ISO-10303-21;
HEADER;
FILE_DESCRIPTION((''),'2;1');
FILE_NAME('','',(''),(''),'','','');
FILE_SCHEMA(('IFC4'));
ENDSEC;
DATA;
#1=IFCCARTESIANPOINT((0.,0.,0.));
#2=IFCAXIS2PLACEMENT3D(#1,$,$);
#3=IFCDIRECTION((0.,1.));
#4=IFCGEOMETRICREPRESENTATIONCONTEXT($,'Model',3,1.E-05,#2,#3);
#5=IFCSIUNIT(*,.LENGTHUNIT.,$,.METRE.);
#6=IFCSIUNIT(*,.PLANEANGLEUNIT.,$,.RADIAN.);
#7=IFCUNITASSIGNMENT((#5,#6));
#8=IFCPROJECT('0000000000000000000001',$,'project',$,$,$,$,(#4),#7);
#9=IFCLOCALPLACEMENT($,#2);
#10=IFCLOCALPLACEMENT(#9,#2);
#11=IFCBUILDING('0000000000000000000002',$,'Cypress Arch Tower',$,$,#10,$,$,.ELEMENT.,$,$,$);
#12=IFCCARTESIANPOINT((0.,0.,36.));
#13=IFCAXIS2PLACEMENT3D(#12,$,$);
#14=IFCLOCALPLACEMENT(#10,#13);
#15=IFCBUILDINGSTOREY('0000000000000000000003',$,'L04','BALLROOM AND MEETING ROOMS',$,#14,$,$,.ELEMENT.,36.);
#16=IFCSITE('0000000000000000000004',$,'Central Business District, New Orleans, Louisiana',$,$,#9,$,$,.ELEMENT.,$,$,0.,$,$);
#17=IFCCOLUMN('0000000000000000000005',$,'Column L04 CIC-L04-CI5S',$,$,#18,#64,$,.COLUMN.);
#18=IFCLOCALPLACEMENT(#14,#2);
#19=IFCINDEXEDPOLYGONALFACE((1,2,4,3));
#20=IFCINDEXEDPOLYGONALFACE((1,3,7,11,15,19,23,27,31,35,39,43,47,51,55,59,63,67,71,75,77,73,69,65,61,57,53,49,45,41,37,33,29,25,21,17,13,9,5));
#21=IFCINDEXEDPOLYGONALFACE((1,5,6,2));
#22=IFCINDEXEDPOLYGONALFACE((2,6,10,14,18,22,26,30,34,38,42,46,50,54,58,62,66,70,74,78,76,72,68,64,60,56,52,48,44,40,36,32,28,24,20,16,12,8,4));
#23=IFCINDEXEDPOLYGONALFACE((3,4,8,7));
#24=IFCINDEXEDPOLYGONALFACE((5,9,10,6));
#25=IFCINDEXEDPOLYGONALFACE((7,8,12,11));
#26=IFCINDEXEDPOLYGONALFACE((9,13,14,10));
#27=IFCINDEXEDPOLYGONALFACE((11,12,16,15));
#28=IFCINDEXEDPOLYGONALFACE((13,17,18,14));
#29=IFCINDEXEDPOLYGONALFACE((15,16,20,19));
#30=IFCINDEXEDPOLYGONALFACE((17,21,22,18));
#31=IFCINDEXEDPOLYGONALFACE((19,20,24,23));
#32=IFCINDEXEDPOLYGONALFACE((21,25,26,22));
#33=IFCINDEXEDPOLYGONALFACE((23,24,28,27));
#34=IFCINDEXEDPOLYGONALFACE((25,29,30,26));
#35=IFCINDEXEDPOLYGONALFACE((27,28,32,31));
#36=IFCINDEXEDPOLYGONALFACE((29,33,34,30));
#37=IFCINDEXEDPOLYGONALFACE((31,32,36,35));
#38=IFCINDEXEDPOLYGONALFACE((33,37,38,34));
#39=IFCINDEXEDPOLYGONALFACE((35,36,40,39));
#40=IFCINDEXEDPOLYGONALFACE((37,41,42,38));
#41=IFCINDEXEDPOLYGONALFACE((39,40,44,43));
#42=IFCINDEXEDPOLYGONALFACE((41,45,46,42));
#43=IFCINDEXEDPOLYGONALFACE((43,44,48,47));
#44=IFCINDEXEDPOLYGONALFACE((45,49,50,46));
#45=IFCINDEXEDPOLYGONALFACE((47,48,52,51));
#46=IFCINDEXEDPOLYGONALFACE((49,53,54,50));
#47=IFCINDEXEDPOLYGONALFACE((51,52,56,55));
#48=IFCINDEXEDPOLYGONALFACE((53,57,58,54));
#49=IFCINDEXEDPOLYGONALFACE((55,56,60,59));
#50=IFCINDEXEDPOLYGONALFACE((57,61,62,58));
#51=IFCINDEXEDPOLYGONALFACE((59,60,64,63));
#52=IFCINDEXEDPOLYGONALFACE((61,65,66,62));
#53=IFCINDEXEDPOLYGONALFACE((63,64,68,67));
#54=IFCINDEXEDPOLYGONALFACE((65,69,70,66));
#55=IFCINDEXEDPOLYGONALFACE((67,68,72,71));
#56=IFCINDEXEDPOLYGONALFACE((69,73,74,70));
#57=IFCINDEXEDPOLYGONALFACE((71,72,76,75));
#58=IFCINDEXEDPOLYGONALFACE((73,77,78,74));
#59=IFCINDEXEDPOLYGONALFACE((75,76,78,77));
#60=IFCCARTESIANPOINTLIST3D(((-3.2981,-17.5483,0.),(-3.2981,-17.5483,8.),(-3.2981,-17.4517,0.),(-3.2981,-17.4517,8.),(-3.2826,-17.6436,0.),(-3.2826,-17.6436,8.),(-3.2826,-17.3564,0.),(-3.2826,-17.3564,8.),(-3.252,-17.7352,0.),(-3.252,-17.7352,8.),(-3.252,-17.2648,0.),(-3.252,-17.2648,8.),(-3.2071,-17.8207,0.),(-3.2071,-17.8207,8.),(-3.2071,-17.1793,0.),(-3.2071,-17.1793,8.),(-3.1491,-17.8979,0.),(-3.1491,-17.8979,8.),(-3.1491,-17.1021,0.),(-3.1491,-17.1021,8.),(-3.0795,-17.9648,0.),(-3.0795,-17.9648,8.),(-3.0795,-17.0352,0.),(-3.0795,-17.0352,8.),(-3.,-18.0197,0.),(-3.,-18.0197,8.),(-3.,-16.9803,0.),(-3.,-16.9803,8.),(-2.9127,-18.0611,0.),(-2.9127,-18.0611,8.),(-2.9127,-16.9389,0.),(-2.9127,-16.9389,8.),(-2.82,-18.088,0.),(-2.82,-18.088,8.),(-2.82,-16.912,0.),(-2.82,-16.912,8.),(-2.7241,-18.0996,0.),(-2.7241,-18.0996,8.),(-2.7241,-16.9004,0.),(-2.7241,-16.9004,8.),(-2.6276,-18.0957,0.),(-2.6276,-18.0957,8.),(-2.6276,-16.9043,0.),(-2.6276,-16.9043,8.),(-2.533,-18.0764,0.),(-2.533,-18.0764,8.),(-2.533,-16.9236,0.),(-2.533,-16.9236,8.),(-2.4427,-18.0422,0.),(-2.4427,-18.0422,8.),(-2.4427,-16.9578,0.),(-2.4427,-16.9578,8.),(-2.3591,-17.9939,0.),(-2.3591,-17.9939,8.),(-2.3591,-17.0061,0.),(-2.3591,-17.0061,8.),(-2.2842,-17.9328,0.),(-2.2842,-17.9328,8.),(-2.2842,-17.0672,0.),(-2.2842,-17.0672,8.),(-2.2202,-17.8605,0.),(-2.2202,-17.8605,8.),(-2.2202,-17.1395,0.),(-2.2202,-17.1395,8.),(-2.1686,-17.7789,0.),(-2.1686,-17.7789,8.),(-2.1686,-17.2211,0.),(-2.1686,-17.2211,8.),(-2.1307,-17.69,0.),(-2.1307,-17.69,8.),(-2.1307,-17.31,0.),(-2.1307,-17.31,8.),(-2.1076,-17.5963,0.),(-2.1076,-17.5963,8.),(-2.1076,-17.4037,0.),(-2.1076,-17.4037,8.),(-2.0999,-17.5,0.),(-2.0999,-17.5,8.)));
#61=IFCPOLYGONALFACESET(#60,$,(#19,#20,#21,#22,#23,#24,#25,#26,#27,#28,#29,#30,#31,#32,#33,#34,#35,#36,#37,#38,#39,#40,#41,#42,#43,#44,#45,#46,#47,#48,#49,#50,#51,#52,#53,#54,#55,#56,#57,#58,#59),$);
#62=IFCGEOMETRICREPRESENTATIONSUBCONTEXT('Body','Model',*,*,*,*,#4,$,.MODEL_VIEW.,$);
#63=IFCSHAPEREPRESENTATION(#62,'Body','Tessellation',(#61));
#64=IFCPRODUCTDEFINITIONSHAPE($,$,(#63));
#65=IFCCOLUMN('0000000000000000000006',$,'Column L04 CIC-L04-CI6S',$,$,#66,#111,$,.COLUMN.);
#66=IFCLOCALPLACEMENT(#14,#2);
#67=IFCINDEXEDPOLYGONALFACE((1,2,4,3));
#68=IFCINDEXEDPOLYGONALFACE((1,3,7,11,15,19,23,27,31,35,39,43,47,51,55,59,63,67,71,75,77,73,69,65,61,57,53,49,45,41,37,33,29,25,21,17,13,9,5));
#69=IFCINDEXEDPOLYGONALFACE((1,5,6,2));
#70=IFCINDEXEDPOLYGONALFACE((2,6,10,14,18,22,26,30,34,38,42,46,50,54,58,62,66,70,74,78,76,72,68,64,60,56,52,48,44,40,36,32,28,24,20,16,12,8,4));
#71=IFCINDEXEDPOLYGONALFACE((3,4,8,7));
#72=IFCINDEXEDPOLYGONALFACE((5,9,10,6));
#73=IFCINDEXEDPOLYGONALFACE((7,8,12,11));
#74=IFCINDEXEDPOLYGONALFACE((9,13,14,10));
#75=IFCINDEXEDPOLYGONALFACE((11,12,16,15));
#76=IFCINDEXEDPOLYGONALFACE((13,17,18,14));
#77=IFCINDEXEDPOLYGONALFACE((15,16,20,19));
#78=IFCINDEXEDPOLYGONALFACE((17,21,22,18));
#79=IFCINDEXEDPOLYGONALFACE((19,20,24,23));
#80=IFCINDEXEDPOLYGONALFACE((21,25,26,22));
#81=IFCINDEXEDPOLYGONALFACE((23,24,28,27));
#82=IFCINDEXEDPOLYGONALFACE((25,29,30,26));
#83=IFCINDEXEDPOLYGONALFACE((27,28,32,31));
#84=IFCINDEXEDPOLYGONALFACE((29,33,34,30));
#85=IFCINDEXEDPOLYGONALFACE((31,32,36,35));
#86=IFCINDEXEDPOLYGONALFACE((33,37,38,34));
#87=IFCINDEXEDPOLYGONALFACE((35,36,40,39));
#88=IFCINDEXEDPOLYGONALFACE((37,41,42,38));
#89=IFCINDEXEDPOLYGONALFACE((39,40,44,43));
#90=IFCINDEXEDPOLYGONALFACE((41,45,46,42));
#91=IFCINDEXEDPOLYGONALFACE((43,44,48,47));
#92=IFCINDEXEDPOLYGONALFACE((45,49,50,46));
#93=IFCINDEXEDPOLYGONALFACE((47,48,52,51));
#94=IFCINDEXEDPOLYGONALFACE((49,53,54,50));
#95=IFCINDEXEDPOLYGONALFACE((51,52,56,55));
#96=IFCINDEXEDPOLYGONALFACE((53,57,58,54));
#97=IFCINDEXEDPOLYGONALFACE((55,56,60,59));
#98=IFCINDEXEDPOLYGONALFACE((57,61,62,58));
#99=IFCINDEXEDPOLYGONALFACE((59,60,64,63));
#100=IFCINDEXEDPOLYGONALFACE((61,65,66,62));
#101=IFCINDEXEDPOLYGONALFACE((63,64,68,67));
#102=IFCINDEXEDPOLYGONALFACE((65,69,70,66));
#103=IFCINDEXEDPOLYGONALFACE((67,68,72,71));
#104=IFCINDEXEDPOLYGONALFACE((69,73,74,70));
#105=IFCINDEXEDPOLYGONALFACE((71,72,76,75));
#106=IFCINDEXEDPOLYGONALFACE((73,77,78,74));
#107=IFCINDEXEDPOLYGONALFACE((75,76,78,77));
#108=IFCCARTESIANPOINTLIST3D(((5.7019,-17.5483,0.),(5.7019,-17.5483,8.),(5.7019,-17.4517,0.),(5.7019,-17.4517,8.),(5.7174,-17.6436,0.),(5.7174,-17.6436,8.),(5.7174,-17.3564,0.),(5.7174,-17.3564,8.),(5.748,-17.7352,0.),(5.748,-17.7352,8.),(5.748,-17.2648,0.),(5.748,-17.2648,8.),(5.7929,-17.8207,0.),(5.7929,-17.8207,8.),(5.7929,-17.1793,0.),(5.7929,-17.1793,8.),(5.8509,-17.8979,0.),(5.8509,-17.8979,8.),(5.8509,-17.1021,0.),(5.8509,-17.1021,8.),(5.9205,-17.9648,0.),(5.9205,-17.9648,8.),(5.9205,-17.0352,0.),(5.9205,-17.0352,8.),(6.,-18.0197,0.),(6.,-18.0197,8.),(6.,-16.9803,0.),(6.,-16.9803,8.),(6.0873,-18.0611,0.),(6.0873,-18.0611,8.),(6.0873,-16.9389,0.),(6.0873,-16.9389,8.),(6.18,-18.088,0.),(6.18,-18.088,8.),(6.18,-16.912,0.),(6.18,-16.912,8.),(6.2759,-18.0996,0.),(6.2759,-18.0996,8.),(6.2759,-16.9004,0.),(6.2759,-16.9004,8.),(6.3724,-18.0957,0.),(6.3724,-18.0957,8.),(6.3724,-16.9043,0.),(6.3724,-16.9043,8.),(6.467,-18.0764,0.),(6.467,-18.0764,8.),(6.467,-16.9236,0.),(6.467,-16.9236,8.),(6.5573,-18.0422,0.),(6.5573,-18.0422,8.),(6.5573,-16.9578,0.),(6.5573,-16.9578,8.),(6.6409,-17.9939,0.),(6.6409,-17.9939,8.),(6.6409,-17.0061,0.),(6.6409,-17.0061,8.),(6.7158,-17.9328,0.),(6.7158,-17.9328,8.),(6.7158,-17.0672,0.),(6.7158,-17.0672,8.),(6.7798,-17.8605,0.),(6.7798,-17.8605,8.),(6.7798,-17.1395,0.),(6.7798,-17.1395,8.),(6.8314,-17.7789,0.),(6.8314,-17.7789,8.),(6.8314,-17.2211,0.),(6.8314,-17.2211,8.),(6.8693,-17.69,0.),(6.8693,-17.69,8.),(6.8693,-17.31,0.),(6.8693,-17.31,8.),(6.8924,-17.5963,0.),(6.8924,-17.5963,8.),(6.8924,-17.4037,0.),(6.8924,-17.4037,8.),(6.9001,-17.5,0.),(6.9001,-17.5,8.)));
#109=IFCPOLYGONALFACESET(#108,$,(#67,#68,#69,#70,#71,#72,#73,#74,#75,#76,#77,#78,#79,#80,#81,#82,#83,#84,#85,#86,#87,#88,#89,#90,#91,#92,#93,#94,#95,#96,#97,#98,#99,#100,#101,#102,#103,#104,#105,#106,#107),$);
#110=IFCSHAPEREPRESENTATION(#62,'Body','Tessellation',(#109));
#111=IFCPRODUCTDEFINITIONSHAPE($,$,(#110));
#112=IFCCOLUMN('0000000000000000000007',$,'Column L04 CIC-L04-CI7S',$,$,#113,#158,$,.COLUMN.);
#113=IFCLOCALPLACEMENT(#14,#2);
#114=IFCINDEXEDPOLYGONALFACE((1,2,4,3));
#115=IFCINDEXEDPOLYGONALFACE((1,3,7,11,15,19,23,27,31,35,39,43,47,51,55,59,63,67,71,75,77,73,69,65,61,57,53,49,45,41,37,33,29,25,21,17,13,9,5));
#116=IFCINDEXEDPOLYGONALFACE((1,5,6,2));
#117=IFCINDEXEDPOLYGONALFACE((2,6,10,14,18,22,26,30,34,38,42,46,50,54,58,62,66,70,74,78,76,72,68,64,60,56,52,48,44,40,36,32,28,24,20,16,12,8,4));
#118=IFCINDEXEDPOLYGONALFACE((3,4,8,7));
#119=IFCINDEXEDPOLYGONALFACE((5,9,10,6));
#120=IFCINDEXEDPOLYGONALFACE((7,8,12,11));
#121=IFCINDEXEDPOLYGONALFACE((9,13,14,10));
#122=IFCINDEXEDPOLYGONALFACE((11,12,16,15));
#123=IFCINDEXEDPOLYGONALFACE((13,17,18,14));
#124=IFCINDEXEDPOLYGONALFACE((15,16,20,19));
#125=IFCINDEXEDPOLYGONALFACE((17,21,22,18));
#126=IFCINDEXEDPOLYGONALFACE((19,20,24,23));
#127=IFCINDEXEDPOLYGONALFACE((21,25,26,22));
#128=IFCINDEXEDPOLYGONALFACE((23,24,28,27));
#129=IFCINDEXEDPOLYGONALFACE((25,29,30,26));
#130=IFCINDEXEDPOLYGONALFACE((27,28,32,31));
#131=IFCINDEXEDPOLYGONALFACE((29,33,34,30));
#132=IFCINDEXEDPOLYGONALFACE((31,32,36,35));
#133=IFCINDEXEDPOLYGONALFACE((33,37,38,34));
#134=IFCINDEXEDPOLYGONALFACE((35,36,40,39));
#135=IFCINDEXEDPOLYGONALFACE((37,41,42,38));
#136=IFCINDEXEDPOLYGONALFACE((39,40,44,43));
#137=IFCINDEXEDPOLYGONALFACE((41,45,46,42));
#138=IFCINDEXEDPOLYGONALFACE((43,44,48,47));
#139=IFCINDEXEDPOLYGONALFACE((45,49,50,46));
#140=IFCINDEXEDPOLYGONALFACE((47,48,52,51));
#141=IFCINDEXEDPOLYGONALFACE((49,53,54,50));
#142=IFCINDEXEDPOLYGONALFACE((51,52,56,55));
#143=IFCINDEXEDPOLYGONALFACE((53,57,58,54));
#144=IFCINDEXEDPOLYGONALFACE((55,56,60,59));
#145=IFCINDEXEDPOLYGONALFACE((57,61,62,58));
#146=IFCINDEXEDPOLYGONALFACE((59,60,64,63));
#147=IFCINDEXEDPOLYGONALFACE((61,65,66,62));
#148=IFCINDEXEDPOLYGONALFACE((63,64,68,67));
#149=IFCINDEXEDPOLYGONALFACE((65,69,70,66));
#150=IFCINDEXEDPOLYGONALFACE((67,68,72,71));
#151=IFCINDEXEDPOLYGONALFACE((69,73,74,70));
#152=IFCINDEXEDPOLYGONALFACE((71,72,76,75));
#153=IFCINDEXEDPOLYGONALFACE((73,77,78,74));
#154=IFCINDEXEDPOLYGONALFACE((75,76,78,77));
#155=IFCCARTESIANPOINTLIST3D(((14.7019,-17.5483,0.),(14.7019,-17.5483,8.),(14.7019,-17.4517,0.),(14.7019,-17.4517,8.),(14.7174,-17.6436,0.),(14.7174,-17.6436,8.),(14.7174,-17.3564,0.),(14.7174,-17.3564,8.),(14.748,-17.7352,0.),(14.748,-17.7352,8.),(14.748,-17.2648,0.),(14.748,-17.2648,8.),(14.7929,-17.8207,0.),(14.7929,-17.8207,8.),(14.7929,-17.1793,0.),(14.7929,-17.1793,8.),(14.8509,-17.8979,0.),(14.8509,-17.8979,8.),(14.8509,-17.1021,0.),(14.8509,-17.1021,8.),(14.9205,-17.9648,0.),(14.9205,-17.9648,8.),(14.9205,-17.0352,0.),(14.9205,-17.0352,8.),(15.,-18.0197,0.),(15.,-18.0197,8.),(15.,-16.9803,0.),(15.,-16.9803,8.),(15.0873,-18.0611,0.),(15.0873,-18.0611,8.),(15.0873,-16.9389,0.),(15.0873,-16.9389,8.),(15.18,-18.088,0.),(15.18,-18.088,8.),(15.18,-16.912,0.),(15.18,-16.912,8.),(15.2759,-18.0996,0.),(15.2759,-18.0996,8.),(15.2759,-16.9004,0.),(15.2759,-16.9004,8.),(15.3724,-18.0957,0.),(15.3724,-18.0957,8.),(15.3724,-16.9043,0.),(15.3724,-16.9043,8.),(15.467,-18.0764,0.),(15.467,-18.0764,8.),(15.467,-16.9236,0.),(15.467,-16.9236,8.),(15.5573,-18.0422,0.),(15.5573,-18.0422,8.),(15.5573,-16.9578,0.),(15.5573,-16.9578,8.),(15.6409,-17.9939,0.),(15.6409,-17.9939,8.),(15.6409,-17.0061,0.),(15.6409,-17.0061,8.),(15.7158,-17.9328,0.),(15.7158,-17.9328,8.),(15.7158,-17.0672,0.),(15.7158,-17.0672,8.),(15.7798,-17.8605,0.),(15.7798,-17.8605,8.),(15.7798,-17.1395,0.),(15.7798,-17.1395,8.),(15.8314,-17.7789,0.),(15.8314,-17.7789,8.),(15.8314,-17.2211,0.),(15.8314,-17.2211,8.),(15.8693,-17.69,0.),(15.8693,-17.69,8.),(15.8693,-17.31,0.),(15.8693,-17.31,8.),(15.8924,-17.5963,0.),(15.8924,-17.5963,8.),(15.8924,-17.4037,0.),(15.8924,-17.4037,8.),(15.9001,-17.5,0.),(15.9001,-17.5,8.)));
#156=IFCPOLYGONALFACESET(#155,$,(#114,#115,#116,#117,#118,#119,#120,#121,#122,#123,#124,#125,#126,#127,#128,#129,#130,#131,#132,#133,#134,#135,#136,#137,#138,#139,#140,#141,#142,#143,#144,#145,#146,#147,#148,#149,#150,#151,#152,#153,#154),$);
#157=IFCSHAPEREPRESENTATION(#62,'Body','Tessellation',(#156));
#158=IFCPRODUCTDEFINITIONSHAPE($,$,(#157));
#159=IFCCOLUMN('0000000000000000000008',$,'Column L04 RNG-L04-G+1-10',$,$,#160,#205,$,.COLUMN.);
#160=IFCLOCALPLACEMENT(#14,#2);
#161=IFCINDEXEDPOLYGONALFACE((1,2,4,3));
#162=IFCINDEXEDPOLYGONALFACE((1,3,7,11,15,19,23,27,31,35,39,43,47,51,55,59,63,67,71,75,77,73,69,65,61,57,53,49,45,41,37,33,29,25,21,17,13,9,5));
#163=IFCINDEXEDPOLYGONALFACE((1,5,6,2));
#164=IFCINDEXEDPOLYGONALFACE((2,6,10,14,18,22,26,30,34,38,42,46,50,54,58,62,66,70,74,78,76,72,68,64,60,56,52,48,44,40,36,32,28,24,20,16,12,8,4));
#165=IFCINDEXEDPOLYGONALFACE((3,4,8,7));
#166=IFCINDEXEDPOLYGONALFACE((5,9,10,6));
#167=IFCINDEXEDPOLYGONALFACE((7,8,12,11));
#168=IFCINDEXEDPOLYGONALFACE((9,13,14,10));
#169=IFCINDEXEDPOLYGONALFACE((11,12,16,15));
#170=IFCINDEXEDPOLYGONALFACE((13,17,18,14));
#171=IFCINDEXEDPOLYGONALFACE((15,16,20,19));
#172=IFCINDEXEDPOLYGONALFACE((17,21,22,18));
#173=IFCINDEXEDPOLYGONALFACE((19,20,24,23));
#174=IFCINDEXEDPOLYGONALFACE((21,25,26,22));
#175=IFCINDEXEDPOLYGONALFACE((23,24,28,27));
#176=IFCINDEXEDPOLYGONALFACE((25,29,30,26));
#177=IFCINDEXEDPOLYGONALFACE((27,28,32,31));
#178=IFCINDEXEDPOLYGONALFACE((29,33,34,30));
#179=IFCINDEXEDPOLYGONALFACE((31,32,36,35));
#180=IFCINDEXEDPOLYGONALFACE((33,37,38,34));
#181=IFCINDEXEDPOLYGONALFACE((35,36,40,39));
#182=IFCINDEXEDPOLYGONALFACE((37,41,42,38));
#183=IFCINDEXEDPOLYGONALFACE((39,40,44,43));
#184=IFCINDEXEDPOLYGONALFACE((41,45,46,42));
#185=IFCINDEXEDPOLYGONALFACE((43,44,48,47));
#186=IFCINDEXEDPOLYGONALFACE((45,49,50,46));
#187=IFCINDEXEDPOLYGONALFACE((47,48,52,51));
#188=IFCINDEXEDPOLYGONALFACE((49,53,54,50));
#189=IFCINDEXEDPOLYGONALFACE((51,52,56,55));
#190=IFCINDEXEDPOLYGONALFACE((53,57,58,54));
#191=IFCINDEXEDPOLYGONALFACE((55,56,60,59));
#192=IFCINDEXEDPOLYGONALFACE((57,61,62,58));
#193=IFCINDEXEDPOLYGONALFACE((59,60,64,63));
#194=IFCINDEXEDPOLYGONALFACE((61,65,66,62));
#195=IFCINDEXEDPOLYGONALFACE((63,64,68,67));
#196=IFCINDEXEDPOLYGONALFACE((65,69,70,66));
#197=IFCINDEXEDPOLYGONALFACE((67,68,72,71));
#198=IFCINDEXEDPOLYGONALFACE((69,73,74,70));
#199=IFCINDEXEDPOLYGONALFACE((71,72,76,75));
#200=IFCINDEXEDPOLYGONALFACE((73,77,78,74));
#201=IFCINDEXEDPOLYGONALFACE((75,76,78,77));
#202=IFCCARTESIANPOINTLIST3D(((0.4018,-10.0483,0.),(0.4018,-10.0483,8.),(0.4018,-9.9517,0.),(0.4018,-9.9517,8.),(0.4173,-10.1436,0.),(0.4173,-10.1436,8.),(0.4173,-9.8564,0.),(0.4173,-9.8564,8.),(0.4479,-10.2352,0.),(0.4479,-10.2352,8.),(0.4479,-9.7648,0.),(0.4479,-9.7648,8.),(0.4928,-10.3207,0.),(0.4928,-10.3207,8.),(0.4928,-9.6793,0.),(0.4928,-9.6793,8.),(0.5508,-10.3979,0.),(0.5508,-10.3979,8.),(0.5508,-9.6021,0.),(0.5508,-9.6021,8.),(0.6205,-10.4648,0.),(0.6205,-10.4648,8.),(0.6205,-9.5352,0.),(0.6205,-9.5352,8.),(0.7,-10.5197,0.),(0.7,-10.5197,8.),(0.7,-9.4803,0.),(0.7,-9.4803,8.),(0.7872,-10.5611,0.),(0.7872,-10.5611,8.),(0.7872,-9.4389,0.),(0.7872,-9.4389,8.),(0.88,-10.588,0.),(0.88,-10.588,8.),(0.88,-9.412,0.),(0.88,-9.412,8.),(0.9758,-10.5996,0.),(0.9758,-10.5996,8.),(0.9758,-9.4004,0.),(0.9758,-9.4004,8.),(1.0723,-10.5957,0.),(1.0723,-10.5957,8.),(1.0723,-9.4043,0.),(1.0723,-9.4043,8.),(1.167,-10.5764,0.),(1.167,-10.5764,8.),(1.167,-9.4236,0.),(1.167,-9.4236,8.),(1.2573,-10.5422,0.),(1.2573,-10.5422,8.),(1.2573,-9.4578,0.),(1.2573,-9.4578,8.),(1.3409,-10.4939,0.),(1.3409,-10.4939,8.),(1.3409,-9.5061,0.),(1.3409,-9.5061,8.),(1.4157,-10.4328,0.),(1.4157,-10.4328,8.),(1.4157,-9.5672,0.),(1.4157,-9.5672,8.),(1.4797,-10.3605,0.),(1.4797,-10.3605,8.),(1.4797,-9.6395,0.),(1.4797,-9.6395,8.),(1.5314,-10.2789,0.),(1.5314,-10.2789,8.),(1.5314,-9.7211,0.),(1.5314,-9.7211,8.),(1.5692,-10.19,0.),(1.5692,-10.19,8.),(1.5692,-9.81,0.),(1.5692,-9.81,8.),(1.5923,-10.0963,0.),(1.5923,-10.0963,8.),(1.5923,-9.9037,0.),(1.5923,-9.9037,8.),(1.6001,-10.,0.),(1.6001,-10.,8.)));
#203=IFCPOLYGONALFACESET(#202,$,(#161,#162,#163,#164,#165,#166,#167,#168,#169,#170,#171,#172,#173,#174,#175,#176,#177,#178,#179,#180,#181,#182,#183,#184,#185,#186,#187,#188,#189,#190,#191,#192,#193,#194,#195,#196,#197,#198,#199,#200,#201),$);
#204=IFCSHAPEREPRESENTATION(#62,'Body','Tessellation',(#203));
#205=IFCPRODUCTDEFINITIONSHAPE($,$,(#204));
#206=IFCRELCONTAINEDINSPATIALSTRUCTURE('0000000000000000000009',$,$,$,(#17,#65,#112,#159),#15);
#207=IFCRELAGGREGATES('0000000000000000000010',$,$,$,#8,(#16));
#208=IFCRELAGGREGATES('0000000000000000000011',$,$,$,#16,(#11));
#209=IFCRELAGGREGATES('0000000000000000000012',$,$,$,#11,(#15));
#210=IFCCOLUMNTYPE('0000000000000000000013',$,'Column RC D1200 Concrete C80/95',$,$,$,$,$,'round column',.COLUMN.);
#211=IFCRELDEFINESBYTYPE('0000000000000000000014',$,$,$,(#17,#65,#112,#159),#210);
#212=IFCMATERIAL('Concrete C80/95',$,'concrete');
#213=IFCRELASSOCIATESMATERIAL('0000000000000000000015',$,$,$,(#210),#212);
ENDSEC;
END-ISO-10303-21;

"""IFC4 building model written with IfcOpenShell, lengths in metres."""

from ifc_helpers import new_model, si_unit, direction, frame, origin, origin_2d, place, context, subcontext, project, spatial, circle, extrude, material, material_profile, profile_set, type_object, element, save


model = new_model("IFC4")

# Units and contexts
model_context = context("Model", 3, precision=1e-05, world=origin(), true_north=direction((0.0, 1.0)))
body_context = subcontext(model_context, "Body", "Model", "MODEL_VIEW")
ifc_project = project(units=[si_unit("LENGTHUNIT", "METRE"), si_unit("PLANEANGLEUNIT", "RADIAN")], contexts=[model_context])

# Site, building, storey
site_placement = place(None, origin())
site = spatial("IfcSite", under=ifc_project, at=site_placement, Name="Central Business District, New Orleans, Louisiana", CompositionType="ELEMENT", RefElevation=0.0)
building_placement = place(site_placement, origin())
building = spatial("IfcBuilding", under=site, at=building_placement, Name="Cypress Arch Tower", CompositionType="ELEMENT")
storey_placement = place(building_placement, frame((0.0, 0.0, 36.0)))
storey = spatial("IfcBuildingStorey", under=building, at=storey_placement, Name="L04", Description="BALLROOM AND MEETING ROOMS", CompositionType="ELEMENT", Elevation=36.0)

# Columns
ifc_material_1 = material(Name="Concrete C80/95", Category="concrete")
ifc_material_profile_1 = material_profile(ifc_material_1, circle(Radius=0.6001, at=origin_2d()), Name="RC D1200")
ifc_profile_set_1 = profile_set([ifc_material_profile_1], Name="Concrete C80/95")
column_type_1 = type_object("IfcColumnType", Name="Column RC D1200 Concrete C80/95", ElementType="round column", PredefinedType="COLUMN", material=ifc_profile_set_1)
for number, where, z_axis, x_axis, name in (
    (1, (-2.7, -17.5, 0.0), (0.0, 0.0, 1.0), (1.0, 0.0, 0.0), "Column L04 CIC-L04-CI5S"),
    (2, (6.3, -17.5, 0.0), (0.0, 0.0, 1.0), (1.0, 0.0, 0.0), "Column L04 CIC-L04-CI6S"),
    (3, (15.3, -17.5, 0.0), (0.0, 0.0, 1.0), (1.0, 0.0, 0.0), "Column L04 CIC-L04-CI7S"),
    (4, (1.0, -10.0, 0.0), (0.0, 0.0, 1.0), (1.0, 0.0, 0.0), "Column L04 RNG-L04-G+1-10"),
):
    element("IfcColumn", number, at=place(storey_placement, frame(where, z_axis=z_axis, x_axis=x_axis)), inside=storey, type_object=column_type_1, Name=name, PredefinedType="COLUMN", context=body_context, shape_type="SweptSolid", body=[
        extrude(circle(Radius=0.6001, at=origin_2d()), origin(), (0.0, 0.0, 1.0), 8.0),
    ])

save(model, "model.ifc")
